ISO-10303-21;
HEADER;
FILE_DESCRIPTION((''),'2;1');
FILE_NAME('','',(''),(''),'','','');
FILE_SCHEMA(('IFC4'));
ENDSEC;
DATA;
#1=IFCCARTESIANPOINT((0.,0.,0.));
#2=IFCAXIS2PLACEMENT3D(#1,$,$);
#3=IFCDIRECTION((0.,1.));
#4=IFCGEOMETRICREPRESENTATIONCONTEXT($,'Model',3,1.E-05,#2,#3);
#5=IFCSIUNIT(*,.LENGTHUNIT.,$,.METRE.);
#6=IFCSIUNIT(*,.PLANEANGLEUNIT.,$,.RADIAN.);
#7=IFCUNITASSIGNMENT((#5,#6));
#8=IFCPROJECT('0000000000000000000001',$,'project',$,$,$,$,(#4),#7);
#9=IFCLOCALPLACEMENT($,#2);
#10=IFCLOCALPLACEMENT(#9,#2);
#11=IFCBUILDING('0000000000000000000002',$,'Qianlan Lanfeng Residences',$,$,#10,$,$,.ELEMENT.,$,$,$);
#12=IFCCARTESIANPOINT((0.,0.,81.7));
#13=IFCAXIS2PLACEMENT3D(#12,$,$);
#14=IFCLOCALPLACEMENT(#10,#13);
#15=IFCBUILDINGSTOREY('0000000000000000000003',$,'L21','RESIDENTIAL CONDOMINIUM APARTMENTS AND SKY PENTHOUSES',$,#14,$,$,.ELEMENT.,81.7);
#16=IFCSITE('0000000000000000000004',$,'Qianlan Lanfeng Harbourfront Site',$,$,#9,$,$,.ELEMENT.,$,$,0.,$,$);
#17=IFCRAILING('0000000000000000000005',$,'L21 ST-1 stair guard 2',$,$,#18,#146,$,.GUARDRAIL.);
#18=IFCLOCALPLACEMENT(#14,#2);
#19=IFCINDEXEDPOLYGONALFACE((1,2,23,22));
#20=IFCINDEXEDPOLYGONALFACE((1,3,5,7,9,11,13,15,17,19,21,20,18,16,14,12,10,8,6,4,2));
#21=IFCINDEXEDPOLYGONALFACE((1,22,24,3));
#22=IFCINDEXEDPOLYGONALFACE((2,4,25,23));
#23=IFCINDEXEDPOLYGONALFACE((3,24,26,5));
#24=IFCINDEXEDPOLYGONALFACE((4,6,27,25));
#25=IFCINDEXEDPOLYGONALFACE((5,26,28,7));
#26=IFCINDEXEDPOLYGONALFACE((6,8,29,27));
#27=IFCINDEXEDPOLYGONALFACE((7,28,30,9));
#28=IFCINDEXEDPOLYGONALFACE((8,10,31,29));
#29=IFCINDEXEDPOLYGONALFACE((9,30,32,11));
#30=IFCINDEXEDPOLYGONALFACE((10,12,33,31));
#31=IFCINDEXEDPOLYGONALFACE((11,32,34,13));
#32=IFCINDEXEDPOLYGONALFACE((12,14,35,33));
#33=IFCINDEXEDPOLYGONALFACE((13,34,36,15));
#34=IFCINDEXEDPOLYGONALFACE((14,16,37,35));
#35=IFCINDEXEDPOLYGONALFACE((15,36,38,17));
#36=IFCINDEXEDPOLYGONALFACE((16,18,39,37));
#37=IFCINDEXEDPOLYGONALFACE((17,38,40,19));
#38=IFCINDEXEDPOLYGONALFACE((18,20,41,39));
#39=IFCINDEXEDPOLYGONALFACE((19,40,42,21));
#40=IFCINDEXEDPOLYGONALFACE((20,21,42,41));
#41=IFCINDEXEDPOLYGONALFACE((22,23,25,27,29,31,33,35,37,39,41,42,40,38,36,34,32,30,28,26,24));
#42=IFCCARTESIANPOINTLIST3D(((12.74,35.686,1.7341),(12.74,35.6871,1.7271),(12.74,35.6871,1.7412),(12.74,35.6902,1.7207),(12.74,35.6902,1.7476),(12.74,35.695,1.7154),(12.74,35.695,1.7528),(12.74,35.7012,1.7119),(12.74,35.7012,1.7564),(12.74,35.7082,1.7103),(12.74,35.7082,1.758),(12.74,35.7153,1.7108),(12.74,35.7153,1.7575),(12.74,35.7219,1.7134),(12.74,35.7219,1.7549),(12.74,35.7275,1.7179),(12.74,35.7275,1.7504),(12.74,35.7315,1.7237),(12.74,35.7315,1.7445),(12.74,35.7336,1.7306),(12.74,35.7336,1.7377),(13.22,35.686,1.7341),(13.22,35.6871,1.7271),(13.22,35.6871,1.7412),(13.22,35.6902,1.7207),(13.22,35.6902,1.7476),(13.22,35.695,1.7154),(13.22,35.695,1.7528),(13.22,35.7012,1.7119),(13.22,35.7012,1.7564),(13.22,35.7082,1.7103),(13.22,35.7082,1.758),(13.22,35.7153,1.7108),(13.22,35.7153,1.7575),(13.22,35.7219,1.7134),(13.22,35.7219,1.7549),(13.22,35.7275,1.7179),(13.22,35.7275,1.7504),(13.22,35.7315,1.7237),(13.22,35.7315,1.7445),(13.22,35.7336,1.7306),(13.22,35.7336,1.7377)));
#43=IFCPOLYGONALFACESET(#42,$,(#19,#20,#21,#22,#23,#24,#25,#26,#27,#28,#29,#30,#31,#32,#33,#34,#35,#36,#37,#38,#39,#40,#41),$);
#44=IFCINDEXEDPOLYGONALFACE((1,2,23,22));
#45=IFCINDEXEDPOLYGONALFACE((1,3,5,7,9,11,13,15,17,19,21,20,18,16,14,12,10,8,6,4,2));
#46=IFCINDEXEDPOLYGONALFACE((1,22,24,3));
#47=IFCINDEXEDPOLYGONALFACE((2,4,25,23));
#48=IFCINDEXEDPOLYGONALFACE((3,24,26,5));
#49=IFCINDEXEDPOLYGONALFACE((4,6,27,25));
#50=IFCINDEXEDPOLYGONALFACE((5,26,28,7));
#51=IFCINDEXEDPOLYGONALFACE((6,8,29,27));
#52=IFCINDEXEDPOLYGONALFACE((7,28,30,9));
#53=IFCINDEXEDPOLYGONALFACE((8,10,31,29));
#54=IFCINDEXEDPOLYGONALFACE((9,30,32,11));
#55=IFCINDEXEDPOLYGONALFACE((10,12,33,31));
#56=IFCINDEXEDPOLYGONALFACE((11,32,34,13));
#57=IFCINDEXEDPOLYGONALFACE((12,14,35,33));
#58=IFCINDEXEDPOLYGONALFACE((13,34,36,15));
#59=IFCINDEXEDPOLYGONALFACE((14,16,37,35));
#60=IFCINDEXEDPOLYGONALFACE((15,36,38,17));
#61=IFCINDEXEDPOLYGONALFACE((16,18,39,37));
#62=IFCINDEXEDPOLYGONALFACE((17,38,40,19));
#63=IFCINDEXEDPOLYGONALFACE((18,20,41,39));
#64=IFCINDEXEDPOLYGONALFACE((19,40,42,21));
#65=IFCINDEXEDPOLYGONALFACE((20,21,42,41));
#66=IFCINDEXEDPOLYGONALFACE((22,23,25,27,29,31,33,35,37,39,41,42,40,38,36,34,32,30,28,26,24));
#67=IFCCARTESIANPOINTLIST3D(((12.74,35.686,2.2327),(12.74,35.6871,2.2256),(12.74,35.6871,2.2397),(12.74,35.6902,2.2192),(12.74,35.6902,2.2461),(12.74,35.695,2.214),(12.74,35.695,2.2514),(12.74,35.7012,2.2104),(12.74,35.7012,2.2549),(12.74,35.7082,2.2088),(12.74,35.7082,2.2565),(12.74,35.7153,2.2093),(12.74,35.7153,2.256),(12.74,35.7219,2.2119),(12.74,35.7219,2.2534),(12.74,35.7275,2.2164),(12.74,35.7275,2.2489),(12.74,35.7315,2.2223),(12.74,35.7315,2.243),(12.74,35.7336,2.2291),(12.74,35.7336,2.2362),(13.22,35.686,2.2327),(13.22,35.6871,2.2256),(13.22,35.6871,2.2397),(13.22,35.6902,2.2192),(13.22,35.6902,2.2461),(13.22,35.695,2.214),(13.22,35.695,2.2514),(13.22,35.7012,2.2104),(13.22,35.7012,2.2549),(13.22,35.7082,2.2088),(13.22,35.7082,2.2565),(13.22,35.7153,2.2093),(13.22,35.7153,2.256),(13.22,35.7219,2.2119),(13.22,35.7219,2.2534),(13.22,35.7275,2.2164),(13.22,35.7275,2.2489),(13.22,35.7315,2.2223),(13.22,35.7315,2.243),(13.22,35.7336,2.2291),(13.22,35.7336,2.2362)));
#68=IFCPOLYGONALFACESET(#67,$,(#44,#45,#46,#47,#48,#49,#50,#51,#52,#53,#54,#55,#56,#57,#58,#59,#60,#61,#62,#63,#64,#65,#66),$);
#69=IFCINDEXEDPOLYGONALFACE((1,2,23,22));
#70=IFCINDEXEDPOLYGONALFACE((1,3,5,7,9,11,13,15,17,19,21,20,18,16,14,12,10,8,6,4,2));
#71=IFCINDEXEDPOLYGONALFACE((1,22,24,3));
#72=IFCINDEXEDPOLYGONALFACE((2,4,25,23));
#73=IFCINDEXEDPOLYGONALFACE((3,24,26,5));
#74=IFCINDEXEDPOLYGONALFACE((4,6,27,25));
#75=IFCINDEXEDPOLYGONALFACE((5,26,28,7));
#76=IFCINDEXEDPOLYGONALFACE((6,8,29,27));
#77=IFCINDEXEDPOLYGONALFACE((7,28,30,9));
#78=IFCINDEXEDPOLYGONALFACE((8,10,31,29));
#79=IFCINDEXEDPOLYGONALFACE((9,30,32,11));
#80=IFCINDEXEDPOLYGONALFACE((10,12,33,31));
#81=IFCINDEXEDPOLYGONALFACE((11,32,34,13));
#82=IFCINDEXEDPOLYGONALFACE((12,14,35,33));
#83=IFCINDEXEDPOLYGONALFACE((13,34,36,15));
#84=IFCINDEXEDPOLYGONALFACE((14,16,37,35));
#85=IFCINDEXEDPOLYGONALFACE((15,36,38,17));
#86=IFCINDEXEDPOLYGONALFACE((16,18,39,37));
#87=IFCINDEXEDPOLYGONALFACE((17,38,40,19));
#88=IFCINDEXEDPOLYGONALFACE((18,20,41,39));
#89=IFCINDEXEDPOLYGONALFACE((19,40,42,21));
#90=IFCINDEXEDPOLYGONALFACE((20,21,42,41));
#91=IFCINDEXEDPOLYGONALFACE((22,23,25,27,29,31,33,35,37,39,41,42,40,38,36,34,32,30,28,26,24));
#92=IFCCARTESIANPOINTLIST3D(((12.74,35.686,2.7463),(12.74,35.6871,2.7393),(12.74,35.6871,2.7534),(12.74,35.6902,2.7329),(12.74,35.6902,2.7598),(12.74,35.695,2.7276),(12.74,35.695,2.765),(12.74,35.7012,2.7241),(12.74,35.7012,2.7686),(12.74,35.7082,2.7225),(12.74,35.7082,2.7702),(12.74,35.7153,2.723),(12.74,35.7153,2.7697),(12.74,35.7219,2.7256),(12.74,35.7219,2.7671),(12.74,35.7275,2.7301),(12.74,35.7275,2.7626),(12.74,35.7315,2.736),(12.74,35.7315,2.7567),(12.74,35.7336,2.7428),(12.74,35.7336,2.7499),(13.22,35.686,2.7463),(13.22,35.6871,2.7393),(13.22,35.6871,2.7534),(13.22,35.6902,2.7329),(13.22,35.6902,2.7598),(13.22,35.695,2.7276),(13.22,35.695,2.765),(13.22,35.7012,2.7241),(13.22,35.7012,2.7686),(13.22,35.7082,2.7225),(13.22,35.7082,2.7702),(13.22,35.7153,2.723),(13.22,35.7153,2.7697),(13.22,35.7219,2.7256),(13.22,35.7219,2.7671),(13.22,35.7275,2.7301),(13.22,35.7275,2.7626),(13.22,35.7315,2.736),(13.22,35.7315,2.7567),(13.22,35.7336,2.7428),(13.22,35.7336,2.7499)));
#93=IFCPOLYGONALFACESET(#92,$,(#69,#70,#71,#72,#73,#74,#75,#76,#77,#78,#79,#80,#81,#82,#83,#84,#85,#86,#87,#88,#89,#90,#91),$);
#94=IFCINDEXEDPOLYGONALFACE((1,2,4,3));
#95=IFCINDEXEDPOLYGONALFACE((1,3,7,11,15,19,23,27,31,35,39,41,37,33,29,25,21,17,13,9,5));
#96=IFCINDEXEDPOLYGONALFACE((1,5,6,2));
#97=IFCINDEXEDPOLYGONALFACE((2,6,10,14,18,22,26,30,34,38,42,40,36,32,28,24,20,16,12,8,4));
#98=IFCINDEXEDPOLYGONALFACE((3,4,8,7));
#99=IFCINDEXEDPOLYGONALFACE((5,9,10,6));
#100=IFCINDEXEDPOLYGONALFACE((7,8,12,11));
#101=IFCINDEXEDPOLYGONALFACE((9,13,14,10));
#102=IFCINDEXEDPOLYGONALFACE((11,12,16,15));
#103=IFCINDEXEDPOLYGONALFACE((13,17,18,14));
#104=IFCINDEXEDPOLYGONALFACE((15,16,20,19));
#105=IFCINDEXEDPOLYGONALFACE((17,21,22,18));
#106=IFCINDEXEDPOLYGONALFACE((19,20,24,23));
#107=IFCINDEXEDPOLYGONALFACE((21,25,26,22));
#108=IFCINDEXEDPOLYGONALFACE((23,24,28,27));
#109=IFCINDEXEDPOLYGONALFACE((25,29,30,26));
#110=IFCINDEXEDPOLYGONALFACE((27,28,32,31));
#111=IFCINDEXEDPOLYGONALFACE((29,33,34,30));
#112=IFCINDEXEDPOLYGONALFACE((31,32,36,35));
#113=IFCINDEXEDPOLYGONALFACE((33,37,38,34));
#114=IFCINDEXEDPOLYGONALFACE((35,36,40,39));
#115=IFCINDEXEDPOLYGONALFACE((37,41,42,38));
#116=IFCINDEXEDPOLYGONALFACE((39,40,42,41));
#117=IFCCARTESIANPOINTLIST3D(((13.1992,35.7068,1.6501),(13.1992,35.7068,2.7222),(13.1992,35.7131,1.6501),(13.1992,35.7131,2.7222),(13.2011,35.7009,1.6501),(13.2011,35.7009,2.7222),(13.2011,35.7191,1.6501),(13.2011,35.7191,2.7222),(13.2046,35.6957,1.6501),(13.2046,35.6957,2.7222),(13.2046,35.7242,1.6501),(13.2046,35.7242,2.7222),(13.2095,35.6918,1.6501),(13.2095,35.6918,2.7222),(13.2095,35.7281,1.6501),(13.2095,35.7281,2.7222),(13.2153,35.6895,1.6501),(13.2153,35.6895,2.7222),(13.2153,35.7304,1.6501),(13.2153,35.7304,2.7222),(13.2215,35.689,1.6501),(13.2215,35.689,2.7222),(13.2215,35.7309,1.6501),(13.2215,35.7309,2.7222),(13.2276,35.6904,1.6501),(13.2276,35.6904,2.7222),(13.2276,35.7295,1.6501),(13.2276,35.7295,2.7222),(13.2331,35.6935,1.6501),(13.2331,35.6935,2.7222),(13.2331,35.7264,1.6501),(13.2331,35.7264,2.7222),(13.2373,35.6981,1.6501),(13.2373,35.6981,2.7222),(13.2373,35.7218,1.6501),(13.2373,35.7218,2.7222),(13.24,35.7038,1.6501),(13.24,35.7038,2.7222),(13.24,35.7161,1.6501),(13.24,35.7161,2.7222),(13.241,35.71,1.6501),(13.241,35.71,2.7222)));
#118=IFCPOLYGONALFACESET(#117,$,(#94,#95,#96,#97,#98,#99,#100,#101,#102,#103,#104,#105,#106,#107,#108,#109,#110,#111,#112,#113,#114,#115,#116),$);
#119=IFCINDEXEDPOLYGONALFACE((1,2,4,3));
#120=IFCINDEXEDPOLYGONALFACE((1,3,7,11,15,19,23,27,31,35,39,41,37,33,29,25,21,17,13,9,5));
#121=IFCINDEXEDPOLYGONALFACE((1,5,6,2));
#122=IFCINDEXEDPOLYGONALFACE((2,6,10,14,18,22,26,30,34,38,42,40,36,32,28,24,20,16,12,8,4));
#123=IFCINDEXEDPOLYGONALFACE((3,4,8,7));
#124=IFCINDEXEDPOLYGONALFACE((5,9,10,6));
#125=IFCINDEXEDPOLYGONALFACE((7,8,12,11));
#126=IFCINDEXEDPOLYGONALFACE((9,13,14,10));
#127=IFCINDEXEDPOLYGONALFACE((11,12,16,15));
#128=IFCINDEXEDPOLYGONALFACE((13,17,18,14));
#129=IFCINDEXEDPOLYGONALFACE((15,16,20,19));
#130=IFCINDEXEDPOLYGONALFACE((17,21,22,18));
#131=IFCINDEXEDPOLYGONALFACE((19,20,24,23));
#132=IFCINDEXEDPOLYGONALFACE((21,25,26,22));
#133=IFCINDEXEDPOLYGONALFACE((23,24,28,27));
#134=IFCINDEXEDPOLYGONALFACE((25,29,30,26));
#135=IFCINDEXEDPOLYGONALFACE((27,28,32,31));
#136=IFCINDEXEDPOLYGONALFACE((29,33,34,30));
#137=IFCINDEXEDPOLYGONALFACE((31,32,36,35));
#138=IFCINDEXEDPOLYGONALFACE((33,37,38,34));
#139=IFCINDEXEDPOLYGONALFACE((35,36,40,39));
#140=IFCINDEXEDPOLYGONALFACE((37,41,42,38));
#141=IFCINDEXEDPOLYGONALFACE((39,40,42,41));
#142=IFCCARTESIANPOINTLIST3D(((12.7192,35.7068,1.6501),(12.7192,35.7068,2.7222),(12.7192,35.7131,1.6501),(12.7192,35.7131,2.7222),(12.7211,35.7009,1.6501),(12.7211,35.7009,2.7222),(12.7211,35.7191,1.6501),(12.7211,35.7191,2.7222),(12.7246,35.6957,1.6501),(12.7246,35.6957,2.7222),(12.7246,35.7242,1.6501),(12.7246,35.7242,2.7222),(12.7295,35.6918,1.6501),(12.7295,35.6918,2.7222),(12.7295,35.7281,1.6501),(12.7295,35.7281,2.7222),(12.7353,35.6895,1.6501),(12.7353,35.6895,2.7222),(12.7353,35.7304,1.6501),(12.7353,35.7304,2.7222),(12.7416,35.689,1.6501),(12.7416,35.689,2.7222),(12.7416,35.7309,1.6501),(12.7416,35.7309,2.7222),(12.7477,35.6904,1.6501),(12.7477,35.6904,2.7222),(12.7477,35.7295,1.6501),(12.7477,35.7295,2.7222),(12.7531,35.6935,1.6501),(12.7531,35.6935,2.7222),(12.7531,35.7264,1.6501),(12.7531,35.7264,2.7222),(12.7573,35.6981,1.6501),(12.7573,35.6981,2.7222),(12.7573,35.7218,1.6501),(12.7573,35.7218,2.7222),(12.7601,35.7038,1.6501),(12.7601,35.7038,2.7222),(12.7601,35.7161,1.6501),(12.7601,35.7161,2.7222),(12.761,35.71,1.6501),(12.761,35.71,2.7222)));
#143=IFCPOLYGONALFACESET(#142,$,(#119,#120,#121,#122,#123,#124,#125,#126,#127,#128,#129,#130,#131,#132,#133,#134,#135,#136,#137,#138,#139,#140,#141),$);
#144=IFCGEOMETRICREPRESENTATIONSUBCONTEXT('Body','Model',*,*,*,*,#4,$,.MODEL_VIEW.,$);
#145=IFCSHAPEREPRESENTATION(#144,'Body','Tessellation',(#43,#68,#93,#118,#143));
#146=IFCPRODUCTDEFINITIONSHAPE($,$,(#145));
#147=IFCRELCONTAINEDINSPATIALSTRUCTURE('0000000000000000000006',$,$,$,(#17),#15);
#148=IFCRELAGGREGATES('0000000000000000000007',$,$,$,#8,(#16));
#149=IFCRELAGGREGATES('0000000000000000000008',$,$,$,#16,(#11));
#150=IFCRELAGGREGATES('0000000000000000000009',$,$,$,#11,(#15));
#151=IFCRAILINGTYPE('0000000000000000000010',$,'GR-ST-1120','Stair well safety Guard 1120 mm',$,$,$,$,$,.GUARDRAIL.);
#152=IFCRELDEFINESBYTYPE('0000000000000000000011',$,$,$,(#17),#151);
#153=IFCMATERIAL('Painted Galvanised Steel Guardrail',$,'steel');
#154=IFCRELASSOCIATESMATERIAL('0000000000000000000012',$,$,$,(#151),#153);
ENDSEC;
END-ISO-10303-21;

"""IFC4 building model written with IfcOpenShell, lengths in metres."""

from ifc_helpers import new_model, si_unit, direction, frame, origin, origin_2d, place, context, subcontext, project, spatial, circle, extrude, material, type_object, element, save


model = new_model("IFC4")

# Units and contexts
model_context = context("Model", 3, precision=1e-05, world=origin(), true_north=direction((0.0, 1.0)))
body_context = subcontext(model_context, "Body", "Model", "MODEL_VIEW")
ifc_project = project(units=[si_unit("LENGTHUNIT", "METRE"), si_unit("PLANEANGLEUNIT", "RADIAN")], contexts=[model_context])

# Site, building, storey
site_placement = place(None, origin())
site = spatial("IfcSite", under=ifc_project, at=site_placement, Name="Qianlan Lanfeng Harbourfront Site", CompositionType="ELEMENT", RefElevation=0.0)
building_placement = place(site_placement, origin())
building = spatial("IfcBuilding", under=site, at=building_placement, Name="Qianlan Lanfeng Residences", CompositionType="ELEMENT")
storey_placement = place(building_placement, frame((0.0, 0.0, 81.7)))
storey = spatial("IfcBuildingStorey", under=building, at=storey_placement, Name="L21", Description="RESIDENTIAL CONDOMINIUM APARTMENTS AND SKY PENTHOUSES", CompositionType="ELEMENT", Elevation=81.7)

# Railing
ifc_material_1 = material(Name="Painted Galvanised Steel Guardrail", Category="steel")
railing_type_1 = type_object("IfcRailingType", Name="GR-ST-1120", Description="Stair well safety Guard 1120 mm", PredefinedType="GUARDRAIL", material=ifc_material_1)
railing_1_placement = place(storey_placement, frame((13.22, 35.71, 1.6501)))
element("IfcRailing", 1, at=railing_1_placement, inside=storey, type_object=railing_type_1, Name="L21 ST-1 stair guard 2", PredefinedType="GUARDRAIL", context=body_context, shape_type="SweptSolid", body=[
    extrude(circle(Radius=0.0239, at=origin_2d()), frame((0.0, 0.0, 0.084), z_axis=(-1.0, 0.0, 0.0), x_axis=(0.0, -1.0, 0.0)), (0.0, 0.0, 1.0), 0.48),
    extrude(circle(Radius=0.0239, at=origin_2d()), frame((0.0, 0.0, 0.5825), z_axis=(-1.0, 0.0, 0.0), x_axis=(0.0, -1.0, 0.0)), (0.0, 0.0, 1.0), 0.48),
    extrude(circle(Radius=0.0239, at=origin_2d()), frame((0.0, 0.0, 1.0962), z_axis=(-1.0, 0.0, 0.0), x_axis=(0.0, -1.0, 0.0)), (0.0, 0.0, 1.0), 0.48),
    extrude(circle(Radius=0.021, at=origin_2d()), origin(), (0.0, 0.0, 1.0), 1.072),
    extrude(circle(Radius=0.021, at=origin_2d()), frame((-0.48, 0.0, 0.0)), (0.0, 0.0, 1.0), 1.072),
])

save(model, "model.ifc")
